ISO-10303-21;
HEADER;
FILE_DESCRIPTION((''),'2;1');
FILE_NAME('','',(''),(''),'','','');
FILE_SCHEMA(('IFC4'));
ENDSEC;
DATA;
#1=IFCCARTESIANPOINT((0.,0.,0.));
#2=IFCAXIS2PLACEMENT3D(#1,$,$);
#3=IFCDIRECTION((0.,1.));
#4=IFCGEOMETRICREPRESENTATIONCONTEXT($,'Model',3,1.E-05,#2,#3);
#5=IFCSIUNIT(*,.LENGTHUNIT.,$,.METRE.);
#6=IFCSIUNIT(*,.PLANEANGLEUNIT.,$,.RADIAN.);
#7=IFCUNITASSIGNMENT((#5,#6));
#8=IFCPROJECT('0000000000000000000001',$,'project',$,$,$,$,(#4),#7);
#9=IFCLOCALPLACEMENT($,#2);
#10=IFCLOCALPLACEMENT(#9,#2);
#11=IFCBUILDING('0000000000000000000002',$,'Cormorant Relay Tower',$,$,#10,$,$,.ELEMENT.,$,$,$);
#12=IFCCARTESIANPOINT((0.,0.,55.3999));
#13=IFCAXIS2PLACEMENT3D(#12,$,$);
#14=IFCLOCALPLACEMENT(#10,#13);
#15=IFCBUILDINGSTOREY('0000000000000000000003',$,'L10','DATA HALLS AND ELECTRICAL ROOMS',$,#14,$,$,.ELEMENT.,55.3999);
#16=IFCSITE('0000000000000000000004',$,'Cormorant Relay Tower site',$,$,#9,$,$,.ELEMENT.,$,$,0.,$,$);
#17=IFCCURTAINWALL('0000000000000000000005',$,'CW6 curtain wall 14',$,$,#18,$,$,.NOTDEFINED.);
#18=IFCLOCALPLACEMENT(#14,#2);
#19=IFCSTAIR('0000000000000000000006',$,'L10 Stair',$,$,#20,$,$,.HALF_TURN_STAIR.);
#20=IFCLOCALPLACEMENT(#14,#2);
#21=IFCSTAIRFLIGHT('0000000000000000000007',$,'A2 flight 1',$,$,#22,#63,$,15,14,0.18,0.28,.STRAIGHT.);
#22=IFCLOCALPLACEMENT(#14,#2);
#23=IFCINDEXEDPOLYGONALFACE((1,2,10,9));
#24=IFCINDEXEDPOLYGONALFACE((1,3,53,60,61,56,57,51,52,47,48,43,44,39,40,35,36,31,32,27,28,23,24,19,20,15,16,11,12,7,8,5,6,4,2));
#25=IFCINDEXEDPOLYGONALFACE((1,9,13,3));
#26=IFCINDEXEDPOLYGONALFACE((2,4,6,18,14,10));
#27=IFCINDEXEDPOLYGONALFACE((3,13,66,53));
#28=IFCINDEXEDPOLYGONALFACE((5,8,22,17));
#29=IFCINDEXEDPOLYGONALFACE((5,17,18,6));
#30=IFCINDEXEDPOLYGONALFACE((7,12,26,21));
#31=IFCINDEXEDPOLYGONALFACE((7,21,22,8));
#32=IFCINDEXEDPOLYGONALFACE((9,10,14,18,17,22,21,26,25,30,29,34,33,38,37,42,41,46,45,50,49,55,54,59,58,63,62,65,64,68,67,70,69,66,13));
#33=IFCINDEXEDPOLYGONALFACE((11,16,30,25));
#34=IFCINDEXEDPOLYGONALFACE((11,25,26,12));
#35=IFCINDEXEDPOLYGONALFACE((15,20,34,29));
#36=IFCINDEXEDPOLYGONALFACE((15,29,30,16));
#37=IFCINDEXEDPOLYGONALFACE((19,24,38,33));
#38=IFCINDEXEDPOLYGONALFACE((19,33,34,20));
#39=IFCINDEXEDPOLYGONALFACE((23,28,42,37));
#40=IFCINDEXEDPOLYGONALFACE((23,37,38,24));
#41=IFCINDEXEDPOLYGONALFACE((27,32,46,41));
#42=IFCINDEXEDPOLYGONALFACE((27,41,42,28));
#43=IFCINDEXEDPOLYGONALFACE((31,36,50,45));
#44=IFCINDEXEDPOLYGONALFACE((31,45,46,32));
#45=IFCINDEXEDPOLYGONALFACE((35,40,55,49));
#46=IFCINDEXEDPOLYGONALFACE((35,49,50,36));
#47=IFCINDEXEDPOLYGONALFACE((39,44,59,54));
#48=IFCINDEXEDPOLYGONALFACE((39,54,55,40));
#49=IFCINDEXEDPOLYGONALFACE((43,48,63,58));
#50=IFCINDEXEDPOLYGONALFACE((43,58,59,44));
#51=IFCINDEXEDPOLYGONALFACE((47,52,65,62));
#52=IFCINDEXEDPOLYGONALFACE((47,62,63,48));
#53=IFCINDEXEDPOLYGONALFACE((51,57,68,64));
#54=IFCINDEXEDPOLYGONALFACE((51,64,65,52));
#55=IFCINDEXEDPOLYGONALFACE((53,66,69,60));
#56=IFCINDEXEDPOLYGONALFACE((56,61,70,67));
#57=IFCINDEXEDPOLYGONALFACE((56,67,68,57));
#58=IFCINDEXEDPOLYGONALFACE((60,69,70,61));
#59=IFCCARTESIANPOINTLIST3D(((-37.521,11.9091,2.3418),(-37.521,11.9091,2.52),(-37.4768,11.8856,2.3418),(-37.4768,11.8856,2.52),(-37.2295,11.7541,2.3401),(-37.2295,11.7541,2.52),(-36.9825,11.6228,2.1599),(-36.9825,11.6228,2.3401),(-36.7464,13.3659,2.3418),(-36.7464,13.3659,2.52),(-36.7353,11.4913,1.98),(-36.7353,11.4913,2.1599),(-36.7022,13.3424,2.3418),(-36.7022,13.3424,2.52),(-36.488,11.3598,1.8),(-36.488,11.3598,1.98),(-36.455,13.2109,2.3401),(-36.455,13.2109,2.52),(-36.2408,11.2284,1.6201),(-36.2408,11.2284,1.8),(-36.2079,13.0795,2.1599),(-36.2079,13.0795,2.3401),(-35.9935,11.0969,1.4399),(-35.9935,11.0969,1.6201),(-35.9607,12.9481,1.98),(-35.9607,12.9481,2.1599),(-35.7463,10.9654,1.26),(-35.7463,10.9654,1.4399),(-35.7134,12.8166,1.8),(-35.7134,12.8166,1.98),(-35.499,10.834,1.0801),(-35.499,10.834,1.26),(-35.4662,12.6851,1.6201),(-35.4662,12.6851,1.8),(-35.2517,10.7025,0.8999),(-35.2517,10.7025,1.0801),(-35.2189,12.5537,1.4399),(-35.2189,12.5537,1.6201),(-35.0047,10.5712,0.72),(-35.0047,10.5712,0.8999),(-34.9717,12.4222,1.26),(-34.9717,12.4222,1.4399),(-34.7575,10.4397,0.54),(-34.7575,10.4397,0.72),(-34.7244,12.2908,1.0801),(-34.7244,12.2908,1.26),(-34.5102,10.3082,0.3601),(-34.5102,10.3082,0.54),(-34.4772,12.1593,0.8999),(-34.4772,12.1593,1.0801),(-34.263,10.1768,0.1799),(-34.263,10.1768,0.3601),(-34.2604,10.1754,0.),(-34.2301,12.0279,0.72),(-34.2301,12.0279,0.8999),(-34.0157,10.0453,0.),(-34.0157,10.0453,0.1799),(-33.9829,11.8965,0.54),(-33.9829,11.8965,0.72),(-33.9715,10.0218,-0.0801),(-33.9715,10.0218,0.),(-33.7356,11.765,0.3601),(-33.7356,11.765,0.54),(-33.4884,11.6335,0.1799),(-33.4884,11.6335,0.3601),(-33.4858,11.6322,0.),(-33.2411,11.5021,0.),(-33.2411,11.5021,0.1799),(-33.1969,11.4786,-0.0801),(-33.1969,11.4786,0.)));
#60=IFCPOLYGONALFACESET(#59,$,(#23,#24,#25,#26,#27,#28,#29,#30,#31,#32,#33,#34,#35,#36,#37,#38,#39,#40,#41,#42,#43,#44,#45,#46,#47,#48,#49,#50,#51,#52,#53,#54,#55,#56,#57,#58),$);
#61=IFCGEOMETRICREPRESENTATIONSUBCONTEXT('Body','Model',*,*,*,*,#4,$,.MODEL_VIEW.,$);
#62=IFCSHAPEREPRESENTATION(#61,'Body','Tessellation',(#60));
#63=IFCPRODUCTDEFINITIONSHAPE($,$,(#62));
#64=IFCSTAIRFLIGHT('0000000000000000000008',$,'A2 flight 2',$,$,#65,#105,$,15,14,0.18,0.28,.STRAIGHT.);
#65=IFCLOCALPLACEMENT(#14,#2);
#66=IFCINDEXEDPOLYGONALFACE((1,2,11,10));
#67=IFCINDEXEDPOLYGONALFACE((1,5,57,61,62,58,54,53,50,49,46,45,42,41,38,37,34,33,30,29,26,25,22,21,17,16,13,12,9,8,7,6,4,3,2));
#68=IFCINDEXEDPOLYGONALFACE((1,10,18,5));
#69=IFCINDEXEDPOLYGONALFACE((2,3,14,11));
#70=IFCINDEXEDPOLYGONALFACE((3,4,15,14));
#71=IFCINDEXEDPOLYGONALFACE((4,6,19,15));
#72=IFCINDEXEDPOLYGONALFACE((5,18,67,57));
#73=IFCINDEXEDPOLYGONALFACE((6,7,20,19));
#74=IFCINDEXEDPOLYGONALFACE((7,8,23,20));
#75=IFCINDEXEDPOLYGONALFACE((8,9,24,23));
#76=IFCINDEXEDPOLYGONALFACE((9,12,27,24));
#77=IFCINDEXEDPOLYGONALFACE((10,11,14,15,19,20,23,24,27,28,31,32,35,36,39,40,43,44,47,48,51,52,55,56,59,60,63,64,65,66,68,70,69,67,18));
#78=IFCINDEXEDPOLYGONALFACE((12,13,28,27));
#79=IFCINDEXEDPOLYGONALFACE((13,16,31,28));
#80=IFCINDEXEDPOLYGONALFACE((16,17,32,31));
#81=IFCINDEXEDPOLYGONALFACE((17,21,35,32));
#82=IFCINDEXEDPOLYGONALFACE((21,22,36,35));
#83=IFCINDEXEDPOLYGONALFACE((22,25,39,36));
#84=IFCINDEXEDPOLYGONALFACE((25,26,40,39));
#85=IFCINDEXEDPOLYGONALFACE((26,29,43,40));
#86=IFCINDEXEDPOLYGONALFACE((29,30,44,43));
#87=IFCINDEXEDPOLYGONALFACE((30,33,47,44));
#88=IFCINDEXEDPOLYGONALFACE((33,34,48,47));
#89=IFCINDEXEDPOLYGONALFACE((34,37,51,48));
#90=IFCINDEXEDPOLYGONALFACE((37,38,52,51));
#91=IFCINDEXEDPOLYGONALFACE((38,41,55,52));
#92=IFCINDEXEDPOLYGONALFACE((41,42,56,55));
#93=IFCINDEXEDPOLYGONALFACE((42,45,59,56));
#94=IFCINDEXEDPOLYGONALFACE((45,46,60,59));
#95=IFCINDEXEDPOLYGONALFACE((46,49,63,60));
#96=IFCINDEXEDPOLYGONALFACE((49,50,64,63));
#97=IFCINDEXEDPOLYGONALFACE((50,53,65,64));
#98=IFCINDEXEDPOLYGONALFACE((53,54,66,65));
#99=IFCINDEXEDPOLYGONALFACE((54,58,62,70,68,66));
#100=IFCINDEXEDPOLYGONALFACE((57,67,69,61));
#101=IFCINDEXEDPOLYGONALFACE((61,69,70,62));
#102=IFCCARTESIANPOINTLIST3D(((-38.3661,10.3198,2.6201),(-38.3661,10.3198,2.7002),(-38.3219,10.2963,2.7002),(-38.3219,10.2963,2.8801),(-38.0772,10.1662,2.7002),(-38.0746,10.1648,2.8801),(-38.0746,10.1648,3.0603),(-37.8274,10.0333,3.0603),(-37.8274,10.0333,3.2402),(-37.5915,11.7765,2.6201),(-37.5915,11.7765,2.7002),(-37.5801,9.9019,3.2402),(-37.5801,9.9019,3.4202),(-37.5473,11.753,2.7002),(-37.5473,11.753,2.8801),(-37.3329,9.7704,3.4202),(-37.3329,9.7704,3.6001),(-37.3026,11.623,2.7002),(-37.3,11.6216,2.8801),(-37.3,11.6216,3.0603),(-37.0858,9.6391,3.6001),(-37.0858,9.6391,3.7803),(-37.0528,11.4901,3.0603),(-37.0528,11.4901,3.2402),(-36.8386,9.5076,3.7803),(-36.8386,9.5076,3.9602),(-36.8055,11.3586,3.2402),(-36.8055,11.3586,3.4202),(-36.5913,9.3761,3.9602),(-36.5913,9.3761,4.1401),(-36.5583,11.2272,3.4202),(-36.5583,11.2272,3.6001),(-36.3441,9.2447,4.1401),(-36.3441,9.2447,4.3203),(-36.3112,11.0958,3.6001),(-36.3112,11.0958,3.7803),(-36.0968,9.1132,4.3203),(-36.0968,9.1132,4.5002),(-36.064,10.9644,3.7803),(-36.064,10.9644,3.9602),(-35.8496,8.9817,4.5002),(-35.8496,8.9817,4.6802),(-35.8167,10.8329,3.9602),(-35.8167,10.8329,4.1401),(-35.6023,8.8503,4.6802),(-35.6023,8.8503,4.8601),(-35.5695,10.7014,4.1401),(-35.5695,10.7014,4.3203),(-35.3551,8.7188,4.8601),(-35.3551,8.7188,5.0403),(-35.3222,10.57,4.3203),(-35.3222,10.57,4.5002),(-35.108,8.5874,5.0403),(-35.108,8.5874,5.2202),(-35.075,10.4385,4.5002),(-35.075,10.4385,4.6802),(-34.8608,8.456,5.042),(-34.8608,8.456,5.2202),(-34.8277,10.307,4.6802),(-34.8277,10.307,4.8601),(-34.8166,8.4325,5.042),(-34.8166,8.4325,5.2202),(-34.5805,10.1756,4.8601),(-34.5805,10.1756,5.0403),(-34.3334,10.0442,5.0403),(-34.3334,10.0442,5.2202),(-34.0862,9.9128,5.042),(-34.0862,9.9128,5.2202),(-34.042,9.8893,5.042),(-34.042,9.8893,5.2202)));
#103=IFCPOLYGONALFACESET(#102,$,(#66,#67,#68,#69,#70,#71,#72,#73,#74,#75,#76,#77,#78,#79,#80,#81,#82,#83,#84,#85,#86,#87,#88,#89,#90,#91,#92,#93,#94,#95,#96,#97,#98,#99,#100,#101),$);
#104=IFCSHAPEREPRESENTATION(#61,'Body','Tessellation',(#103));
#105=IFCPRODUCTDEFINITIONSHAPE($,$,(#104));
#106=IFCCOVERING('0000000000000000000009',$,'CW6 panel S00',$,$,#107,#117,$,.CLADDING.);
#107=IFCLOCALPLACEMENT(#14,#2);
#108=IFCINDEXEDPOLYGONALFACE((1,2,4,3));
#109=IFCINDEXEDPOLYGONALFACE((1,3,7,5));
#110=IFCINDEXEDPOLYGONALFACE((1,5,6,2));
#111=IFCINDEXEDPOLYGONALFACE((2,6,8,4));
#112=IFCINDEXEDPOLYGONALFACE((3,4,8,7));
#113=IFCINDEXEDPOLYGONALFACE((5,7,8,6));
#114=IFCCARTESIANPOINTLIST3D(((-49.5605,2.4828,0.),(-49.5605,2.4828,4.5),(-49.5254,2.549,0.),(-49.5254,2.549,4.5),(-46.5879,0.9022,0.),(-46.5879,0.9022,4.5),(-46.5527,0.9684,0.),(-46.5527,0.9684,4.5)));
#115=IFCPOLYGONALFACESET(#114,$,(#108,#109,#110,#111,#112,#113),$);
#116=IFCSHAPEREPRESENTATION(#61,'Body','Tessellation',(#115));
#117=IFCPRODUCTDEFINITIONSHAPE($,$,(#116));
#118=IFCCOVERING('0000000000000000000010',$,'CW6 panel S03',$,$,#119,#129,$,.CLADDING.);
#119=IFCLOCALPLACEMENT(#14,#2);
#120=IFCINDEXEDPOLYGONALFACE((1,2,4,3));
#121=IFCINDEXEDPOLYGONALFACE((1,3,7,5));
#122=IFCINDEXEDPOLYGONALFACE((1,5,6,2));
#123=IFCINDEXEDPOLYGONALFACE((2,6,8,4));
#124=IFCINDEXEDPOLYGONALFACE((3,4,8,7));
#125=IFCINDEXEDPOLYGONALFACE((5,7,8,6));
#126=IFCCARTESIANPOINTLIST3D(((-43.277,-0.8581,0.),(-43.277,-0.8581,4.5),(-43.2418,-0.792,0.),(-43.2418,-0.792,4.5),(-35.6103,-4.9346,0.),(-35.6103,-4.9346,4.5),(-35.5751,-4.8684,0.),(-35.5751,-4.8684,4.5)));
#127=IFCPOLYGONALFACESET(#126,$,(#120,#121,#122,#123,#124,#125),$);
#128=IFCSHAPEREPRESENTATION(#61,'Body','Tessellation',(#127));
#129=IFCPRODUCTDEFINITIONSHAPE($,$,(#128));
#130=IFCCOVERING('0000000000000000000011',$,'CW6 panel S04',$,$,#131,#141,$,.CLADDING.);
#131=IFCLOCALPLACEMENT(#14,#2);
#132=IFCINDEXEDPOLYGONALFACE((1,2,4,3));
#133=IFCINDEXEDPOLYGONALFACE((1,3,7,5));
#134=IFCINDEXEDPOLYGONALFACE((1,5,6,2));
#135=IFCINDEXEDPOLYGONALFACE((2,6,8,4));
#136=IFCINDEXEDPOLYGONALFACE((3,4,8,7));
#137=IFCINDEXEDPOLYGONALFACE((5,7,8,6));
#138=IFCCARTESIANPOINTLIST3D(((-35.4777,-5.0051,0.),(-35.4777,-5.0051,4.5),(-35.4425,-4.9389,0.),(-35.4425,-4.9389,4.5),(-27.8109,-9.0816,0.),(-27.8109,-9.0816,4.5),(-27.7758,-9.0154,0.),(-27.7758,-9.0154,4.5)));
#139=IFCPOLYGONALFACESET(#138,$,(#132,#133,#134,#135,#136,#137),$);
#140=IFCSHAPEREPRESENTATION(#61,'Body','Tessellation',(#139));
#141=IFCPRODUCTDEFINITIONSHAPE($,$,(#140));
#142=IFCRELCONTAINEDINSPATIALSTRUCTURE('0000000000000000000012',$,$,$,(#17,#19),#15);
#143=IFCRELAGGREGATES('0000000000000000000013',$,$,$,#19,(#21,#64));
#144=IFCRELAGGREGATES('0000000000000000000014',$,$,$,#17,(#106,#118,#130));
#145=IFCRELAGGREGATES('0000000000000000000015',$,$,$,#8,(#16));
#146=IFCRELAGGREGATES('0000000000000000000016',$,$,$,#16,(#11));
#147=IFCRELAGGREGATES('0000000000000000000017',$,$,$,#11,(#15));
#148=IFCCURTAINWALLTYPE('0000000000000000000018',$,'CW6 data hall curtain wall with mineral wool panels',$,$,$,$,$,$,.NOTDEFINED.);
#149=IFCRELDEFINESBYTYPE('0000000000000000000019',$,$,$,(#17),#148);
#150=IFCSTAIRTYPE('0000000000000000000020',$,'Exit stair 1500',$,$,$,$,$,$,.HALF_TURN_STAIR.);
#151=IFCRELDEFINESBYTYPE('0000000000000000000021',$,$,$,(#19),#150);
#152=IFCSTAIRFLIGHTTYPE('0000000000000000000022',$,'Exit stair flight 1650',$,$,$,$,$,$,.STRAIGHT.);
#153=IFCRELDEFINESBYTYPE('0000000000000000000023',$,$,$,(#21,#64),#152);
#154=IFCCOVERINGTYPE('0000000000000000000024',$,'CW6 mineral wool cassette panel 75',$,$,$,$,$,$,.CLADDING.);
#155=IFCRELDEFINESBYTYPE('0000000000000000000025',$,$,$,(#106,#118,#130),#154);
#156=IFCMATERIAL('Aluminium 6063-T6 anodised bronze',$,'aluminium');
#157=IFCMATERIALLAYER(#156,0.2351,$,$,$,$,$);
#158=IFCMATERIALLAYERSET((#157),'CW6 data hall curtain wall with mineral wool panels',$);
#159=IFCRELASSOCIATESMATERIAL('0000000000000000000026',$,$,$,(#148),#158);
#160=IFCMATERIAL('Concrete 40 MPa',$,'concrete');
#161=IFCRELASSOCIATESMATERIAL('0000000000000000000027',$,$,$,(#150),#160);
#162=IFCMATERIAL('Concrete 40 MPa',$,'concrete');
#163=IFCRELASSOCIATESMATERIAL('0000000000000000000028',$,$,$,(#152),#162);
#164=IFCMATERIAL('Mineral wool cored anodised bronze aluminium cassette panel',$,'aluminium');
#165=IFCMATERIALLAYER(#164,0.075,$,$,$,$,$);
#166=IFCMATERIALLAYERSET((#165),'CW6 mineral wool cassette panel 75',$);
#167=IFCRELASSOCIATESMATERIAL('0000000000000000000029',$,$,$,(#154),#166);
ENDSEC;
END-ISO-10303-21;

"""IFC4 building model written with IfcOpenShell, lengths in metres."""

from ifc_helpers import new_model, si_unit, direction, frame, origin, origin_2d, place, context, subcontext, project, spatial, polyline, rectangle, outline, extrude, material, layer, layer_set, type_object, element, aggregate, save


model = new_model("IFC4")

# Units and contexts
model_context = context("Model", 3, precision=1e-05, world=origin(), true_north=direction((0.0, 1.0)))
body_context = subcontext(model_context, "Body", "Model", "MODEL_VIEW")
ifc_project = project(units=[si_unit("LENGTHUNIT", "METRE"), si_unit("PLANEANGLEUNIT", "RADIAN")], contexts=[model_context])

# Site, building, storey
site_placement = place(None, origin())
site = spatial("IfcSite", under=ifc_project, at=site_placement, Name="Cormorant Relay Tower site", CompositionType="ELEMENT", RefElevation=0.0)
building_placement = place(site_placement, origin())
building = spatial("IfcBuilding", under=site, at=building_placement, Name="Cormorant Relay Tower", CompositionType="ELEMENT")
storey_placement = place(building_placement, frame((0.0, 0.0, 55.3999)))
storey = spatial("IfcBuildingStorey", under=building, at=storey_placement, Name="L10", Description="DATA HALLS AND ELECTRICAL ROOMS", CompositionType="ELEMENT", Elevation=55.3999)

# Curtain wall
ifc_material_1 = material(Name="Aluminium 6063-T6 anodised bronze", Category="aluminium")
ifc_layer_1 = layer(ifc_material_1, 0.2351)
ifc_layer_set_1 = layer_set([ifc_layer_1], Name="CW6 data hall curtain wall with mineral wool panels")
curtain_wall_type = type_object("IfcCurtainWallType", Name="CW6 data hall curtain wall with mineral wool panels", PredefinedType="NOTDEFINED", material=ifc_layer_set_1)
curtain_wall_placement = place(storey_placement, origin())
curtain_wall = element("IfcCurtainWall", 1, at=curtain_wall_placement, inside=storey, type_object=curtain_wall_type, Name="CW6 curtain wall 14", PredefinedType="NOTDEFINED")

# Stair, stair flights
ifc_material_2 = material(Name="Concrete 40 MPa", Category="concrete")
stair_type = type_object("IfcStairType", Name="Exit stair 1500", PredefinedType="HALF_TURN_STAIR", material=ifc_material_2)
stair_placement = place(storey_placement, origin())
stair = element("IfcStair", 2, at=stair_placement, inside=storey, type_object=stair_type, Name="L10 Stair", PredefinedType="HALF_TURN_STAIR")
ifc_material_3 = material(Name="Concrete 40 MPa", Category="concrete")
stair_flight_type = type_object("IfcStairFlightType", Name="Exit stair flight 1650", PredefinedType="STRAIGHT", material=ifc_material_3)
stair_flight_1_placement = place(storey_placement, frame((-33.6284, 10.7737, 0.0), z_axis=(0.0, 0.0, 1.0), x_axis=(-0.882948, 0.469472, 0.0)))
stair_flight_1 = element("IfcStairFlight", 3, at=stair_flight_1_placement, type_object=stair_flight_type, Name="A2 flight 1", NumberOfRisers=15, NumberOfTreads=14, PredefinedType="STRAIGHT", RiserHeight=0.18, TreadLength=0.28, context=body_context, shape_type="SweptSolid", body=[
    extrude(outline(polyline([(-0.05, -0.0801), (-0.05, 0.0), (0.0, 0.0), (0.0, 0.1799), (0.28, 0.1799), (0.28, 0.3601), (0.5601, 0.3601), (0.5601, 0.54), (0.8401, 0.54), (0.8401, 0.72), (1.1201, 0.72), (1.1201, 0.8999), (1.3999, 0.8999), (1.3999, 1.0801), (1.6799, 1.0801), (1.6799, 1.26), (1.96, 1.26), (1.96, 1.4399), (2.24, 1.4399), (2.24, 1.6201), (2.52, 1.6201), (2.52, 1.8), (2.8, 1.8), (2.8, 1.98), (3.0801, 1.98), (3.0801, 2.1599), (3.3601, 2.1599), (3.3601, 2.3401), (3.6399, 2.3401), (3.6399, 2.52), (3.9199, 2.52), (3.97, 2.52), (3.97, 2.3418), (3.9199, 2.3418), (0.2771, 0.0), (-0.05, -0.0801)])), frame((0.0, 0.825, 0.0), z_axis=(0.0, -1.0, 0.0), x_axis=(1.0, 0.0, 0.0)), (0.0, 0.0, 1.0), 1.6499),
])
stair_flight_2_placement = place(storey_placement, frame((-37.9346, 11.0247, 2.7002), z_axis=(0.0, 0.0, 1.0), x_axis=(0.882948, -0.469472, 0.0)))
stair_flight_2 = element("IfcStairFlight", 4, at=stair_flight_2_placement, type_object=stair_flight_type, Name="A2 flight 2", NumberOfRisers=15, NumberOfTreads=14, PredefinedType="STRAIGHT", RiserHeight=0.18, TreadLength=0.28, context=body_context, shape_type="SweptSolid", body=[
    extrude(outline(polyline([(-0.05, -0.0801), (-0.05, 0.0), (0.0, 0.0), (0.0, 0.1799), (0.28, 0.1799), (0.28, 0.3601), (0.5601, 0.3601), (0.5601, 0.54), (0.8401, 0.54), (0.8401, 0.72), (1.1201, 0.72), (1.1201, 0.8999), (1.3999, 0.8999), (1.3999, 1.0801), (1.6799, 1.0801), (1.6799, 1.26), (1.96, 1.26), (1.96, 1.4399), (2.24, 1.4399), (2.24, 1.6201), (2.52, 1.6201), (2.52, 1.8), (2.8, 1.8), (2.8, 1.98), (3.0801, 1.98), (3.0801, 2.1599), (3.3601, 2.1599), (3.3601, 2.3401), (3.6399, 2.3401), (3.6399, 2.52), (3.9199, 2.52), (3.97, 2.52), (3.97, 2.3418), (3.9199, 2.3418), (0.2771, 0.0), (-0.05, -0.0801)])), frame((0.0, 0.825, 0.0), z_axis=(0.0, -1.0, 0.0), x_axis=(1.0, 0.0, 0.0)), (0.0, 0.0, 1.0), 1.6499),
])
aggregate(stair, [stair_flight_1, stair_flight_2])

# Coverings
ifc_material_4 = material(Name="Mineral wool cored anodised bronze aluminium cassette panel", Category="aluminium")
ifc_layer_2 = layer(ifc_material_4, 0.075)
ifc_layer_set_2 = layer_set([ifc_layer_2], Name="CW6 mineral wool cassette panel 75")
covering_type = type_object("IfcCoveringType", Name="CW6 mineral wool cassette panel 75", PredefinedType="CLADDING", material=ifc_layer_set_2)
covering_1_placement = place(storey_placement, frame((-48.0566, 1.7256, 0.0), z_axis=(0.0, 0.0, 1.0), x_axis=(0.882948, -0.469472, 0.0)))
covering_1 = element("IfcCovering", 5, at=covering_1_placement, type_object=covering_type, Name="CW6 panel S00", PredefinedType="CLADDING", context=body_context, shape_type="SweptSolid", body=[
    extrude(rectangle(XDim=3.3667, YDim=0.075, at=origin_2d()), origin(), (0.0, 0.0, 1.0), 4.5),
])
covering_2_placement = place(storey_placement, frame((-39.426, -2.8633, 0.0), z_axis=(0.0, 0.0, 1.0), x_axis=(0.882948, -0.469472, 0.0)))
covering_2 = element("IfcCovering", 6, at=covering_2_placement, type_object=covering_type, Name="CW6 panel S03", PredefinedType="CLADDING", context=body_context, shape_type="SweptSolid", body=[
    extrude(rectangle(XDim=8.6831, YDim=0.075, at=origin_2d()), origin(), (0.0, 0.0, 1.0), 4.5),
])
covering_3_placement = place(storey_placement, frame((-31.6267, -7.0103, 0.0), z_axis=(0.0, 0.0, 1.0), x_axis=(0.882948, -0.469472, 0.0)))
covering_3 = element("IfcCovering", 7, at=covering_3_placement, type_object=covering_type, Name="CW6 panel S04", PredefinedType="CLADDING", context=body_context, shape_type="SweptSolid", body=[
    extrude(rectangle(XDim=8.6831, YDim=0.075, at=origin_2d()), origin(), (0.0, 0.0, 1.0), 4.5),
])
aggregate(curtain_wall, [covering_1, covering_2, covering_3])

save(model, "model.ifc")
